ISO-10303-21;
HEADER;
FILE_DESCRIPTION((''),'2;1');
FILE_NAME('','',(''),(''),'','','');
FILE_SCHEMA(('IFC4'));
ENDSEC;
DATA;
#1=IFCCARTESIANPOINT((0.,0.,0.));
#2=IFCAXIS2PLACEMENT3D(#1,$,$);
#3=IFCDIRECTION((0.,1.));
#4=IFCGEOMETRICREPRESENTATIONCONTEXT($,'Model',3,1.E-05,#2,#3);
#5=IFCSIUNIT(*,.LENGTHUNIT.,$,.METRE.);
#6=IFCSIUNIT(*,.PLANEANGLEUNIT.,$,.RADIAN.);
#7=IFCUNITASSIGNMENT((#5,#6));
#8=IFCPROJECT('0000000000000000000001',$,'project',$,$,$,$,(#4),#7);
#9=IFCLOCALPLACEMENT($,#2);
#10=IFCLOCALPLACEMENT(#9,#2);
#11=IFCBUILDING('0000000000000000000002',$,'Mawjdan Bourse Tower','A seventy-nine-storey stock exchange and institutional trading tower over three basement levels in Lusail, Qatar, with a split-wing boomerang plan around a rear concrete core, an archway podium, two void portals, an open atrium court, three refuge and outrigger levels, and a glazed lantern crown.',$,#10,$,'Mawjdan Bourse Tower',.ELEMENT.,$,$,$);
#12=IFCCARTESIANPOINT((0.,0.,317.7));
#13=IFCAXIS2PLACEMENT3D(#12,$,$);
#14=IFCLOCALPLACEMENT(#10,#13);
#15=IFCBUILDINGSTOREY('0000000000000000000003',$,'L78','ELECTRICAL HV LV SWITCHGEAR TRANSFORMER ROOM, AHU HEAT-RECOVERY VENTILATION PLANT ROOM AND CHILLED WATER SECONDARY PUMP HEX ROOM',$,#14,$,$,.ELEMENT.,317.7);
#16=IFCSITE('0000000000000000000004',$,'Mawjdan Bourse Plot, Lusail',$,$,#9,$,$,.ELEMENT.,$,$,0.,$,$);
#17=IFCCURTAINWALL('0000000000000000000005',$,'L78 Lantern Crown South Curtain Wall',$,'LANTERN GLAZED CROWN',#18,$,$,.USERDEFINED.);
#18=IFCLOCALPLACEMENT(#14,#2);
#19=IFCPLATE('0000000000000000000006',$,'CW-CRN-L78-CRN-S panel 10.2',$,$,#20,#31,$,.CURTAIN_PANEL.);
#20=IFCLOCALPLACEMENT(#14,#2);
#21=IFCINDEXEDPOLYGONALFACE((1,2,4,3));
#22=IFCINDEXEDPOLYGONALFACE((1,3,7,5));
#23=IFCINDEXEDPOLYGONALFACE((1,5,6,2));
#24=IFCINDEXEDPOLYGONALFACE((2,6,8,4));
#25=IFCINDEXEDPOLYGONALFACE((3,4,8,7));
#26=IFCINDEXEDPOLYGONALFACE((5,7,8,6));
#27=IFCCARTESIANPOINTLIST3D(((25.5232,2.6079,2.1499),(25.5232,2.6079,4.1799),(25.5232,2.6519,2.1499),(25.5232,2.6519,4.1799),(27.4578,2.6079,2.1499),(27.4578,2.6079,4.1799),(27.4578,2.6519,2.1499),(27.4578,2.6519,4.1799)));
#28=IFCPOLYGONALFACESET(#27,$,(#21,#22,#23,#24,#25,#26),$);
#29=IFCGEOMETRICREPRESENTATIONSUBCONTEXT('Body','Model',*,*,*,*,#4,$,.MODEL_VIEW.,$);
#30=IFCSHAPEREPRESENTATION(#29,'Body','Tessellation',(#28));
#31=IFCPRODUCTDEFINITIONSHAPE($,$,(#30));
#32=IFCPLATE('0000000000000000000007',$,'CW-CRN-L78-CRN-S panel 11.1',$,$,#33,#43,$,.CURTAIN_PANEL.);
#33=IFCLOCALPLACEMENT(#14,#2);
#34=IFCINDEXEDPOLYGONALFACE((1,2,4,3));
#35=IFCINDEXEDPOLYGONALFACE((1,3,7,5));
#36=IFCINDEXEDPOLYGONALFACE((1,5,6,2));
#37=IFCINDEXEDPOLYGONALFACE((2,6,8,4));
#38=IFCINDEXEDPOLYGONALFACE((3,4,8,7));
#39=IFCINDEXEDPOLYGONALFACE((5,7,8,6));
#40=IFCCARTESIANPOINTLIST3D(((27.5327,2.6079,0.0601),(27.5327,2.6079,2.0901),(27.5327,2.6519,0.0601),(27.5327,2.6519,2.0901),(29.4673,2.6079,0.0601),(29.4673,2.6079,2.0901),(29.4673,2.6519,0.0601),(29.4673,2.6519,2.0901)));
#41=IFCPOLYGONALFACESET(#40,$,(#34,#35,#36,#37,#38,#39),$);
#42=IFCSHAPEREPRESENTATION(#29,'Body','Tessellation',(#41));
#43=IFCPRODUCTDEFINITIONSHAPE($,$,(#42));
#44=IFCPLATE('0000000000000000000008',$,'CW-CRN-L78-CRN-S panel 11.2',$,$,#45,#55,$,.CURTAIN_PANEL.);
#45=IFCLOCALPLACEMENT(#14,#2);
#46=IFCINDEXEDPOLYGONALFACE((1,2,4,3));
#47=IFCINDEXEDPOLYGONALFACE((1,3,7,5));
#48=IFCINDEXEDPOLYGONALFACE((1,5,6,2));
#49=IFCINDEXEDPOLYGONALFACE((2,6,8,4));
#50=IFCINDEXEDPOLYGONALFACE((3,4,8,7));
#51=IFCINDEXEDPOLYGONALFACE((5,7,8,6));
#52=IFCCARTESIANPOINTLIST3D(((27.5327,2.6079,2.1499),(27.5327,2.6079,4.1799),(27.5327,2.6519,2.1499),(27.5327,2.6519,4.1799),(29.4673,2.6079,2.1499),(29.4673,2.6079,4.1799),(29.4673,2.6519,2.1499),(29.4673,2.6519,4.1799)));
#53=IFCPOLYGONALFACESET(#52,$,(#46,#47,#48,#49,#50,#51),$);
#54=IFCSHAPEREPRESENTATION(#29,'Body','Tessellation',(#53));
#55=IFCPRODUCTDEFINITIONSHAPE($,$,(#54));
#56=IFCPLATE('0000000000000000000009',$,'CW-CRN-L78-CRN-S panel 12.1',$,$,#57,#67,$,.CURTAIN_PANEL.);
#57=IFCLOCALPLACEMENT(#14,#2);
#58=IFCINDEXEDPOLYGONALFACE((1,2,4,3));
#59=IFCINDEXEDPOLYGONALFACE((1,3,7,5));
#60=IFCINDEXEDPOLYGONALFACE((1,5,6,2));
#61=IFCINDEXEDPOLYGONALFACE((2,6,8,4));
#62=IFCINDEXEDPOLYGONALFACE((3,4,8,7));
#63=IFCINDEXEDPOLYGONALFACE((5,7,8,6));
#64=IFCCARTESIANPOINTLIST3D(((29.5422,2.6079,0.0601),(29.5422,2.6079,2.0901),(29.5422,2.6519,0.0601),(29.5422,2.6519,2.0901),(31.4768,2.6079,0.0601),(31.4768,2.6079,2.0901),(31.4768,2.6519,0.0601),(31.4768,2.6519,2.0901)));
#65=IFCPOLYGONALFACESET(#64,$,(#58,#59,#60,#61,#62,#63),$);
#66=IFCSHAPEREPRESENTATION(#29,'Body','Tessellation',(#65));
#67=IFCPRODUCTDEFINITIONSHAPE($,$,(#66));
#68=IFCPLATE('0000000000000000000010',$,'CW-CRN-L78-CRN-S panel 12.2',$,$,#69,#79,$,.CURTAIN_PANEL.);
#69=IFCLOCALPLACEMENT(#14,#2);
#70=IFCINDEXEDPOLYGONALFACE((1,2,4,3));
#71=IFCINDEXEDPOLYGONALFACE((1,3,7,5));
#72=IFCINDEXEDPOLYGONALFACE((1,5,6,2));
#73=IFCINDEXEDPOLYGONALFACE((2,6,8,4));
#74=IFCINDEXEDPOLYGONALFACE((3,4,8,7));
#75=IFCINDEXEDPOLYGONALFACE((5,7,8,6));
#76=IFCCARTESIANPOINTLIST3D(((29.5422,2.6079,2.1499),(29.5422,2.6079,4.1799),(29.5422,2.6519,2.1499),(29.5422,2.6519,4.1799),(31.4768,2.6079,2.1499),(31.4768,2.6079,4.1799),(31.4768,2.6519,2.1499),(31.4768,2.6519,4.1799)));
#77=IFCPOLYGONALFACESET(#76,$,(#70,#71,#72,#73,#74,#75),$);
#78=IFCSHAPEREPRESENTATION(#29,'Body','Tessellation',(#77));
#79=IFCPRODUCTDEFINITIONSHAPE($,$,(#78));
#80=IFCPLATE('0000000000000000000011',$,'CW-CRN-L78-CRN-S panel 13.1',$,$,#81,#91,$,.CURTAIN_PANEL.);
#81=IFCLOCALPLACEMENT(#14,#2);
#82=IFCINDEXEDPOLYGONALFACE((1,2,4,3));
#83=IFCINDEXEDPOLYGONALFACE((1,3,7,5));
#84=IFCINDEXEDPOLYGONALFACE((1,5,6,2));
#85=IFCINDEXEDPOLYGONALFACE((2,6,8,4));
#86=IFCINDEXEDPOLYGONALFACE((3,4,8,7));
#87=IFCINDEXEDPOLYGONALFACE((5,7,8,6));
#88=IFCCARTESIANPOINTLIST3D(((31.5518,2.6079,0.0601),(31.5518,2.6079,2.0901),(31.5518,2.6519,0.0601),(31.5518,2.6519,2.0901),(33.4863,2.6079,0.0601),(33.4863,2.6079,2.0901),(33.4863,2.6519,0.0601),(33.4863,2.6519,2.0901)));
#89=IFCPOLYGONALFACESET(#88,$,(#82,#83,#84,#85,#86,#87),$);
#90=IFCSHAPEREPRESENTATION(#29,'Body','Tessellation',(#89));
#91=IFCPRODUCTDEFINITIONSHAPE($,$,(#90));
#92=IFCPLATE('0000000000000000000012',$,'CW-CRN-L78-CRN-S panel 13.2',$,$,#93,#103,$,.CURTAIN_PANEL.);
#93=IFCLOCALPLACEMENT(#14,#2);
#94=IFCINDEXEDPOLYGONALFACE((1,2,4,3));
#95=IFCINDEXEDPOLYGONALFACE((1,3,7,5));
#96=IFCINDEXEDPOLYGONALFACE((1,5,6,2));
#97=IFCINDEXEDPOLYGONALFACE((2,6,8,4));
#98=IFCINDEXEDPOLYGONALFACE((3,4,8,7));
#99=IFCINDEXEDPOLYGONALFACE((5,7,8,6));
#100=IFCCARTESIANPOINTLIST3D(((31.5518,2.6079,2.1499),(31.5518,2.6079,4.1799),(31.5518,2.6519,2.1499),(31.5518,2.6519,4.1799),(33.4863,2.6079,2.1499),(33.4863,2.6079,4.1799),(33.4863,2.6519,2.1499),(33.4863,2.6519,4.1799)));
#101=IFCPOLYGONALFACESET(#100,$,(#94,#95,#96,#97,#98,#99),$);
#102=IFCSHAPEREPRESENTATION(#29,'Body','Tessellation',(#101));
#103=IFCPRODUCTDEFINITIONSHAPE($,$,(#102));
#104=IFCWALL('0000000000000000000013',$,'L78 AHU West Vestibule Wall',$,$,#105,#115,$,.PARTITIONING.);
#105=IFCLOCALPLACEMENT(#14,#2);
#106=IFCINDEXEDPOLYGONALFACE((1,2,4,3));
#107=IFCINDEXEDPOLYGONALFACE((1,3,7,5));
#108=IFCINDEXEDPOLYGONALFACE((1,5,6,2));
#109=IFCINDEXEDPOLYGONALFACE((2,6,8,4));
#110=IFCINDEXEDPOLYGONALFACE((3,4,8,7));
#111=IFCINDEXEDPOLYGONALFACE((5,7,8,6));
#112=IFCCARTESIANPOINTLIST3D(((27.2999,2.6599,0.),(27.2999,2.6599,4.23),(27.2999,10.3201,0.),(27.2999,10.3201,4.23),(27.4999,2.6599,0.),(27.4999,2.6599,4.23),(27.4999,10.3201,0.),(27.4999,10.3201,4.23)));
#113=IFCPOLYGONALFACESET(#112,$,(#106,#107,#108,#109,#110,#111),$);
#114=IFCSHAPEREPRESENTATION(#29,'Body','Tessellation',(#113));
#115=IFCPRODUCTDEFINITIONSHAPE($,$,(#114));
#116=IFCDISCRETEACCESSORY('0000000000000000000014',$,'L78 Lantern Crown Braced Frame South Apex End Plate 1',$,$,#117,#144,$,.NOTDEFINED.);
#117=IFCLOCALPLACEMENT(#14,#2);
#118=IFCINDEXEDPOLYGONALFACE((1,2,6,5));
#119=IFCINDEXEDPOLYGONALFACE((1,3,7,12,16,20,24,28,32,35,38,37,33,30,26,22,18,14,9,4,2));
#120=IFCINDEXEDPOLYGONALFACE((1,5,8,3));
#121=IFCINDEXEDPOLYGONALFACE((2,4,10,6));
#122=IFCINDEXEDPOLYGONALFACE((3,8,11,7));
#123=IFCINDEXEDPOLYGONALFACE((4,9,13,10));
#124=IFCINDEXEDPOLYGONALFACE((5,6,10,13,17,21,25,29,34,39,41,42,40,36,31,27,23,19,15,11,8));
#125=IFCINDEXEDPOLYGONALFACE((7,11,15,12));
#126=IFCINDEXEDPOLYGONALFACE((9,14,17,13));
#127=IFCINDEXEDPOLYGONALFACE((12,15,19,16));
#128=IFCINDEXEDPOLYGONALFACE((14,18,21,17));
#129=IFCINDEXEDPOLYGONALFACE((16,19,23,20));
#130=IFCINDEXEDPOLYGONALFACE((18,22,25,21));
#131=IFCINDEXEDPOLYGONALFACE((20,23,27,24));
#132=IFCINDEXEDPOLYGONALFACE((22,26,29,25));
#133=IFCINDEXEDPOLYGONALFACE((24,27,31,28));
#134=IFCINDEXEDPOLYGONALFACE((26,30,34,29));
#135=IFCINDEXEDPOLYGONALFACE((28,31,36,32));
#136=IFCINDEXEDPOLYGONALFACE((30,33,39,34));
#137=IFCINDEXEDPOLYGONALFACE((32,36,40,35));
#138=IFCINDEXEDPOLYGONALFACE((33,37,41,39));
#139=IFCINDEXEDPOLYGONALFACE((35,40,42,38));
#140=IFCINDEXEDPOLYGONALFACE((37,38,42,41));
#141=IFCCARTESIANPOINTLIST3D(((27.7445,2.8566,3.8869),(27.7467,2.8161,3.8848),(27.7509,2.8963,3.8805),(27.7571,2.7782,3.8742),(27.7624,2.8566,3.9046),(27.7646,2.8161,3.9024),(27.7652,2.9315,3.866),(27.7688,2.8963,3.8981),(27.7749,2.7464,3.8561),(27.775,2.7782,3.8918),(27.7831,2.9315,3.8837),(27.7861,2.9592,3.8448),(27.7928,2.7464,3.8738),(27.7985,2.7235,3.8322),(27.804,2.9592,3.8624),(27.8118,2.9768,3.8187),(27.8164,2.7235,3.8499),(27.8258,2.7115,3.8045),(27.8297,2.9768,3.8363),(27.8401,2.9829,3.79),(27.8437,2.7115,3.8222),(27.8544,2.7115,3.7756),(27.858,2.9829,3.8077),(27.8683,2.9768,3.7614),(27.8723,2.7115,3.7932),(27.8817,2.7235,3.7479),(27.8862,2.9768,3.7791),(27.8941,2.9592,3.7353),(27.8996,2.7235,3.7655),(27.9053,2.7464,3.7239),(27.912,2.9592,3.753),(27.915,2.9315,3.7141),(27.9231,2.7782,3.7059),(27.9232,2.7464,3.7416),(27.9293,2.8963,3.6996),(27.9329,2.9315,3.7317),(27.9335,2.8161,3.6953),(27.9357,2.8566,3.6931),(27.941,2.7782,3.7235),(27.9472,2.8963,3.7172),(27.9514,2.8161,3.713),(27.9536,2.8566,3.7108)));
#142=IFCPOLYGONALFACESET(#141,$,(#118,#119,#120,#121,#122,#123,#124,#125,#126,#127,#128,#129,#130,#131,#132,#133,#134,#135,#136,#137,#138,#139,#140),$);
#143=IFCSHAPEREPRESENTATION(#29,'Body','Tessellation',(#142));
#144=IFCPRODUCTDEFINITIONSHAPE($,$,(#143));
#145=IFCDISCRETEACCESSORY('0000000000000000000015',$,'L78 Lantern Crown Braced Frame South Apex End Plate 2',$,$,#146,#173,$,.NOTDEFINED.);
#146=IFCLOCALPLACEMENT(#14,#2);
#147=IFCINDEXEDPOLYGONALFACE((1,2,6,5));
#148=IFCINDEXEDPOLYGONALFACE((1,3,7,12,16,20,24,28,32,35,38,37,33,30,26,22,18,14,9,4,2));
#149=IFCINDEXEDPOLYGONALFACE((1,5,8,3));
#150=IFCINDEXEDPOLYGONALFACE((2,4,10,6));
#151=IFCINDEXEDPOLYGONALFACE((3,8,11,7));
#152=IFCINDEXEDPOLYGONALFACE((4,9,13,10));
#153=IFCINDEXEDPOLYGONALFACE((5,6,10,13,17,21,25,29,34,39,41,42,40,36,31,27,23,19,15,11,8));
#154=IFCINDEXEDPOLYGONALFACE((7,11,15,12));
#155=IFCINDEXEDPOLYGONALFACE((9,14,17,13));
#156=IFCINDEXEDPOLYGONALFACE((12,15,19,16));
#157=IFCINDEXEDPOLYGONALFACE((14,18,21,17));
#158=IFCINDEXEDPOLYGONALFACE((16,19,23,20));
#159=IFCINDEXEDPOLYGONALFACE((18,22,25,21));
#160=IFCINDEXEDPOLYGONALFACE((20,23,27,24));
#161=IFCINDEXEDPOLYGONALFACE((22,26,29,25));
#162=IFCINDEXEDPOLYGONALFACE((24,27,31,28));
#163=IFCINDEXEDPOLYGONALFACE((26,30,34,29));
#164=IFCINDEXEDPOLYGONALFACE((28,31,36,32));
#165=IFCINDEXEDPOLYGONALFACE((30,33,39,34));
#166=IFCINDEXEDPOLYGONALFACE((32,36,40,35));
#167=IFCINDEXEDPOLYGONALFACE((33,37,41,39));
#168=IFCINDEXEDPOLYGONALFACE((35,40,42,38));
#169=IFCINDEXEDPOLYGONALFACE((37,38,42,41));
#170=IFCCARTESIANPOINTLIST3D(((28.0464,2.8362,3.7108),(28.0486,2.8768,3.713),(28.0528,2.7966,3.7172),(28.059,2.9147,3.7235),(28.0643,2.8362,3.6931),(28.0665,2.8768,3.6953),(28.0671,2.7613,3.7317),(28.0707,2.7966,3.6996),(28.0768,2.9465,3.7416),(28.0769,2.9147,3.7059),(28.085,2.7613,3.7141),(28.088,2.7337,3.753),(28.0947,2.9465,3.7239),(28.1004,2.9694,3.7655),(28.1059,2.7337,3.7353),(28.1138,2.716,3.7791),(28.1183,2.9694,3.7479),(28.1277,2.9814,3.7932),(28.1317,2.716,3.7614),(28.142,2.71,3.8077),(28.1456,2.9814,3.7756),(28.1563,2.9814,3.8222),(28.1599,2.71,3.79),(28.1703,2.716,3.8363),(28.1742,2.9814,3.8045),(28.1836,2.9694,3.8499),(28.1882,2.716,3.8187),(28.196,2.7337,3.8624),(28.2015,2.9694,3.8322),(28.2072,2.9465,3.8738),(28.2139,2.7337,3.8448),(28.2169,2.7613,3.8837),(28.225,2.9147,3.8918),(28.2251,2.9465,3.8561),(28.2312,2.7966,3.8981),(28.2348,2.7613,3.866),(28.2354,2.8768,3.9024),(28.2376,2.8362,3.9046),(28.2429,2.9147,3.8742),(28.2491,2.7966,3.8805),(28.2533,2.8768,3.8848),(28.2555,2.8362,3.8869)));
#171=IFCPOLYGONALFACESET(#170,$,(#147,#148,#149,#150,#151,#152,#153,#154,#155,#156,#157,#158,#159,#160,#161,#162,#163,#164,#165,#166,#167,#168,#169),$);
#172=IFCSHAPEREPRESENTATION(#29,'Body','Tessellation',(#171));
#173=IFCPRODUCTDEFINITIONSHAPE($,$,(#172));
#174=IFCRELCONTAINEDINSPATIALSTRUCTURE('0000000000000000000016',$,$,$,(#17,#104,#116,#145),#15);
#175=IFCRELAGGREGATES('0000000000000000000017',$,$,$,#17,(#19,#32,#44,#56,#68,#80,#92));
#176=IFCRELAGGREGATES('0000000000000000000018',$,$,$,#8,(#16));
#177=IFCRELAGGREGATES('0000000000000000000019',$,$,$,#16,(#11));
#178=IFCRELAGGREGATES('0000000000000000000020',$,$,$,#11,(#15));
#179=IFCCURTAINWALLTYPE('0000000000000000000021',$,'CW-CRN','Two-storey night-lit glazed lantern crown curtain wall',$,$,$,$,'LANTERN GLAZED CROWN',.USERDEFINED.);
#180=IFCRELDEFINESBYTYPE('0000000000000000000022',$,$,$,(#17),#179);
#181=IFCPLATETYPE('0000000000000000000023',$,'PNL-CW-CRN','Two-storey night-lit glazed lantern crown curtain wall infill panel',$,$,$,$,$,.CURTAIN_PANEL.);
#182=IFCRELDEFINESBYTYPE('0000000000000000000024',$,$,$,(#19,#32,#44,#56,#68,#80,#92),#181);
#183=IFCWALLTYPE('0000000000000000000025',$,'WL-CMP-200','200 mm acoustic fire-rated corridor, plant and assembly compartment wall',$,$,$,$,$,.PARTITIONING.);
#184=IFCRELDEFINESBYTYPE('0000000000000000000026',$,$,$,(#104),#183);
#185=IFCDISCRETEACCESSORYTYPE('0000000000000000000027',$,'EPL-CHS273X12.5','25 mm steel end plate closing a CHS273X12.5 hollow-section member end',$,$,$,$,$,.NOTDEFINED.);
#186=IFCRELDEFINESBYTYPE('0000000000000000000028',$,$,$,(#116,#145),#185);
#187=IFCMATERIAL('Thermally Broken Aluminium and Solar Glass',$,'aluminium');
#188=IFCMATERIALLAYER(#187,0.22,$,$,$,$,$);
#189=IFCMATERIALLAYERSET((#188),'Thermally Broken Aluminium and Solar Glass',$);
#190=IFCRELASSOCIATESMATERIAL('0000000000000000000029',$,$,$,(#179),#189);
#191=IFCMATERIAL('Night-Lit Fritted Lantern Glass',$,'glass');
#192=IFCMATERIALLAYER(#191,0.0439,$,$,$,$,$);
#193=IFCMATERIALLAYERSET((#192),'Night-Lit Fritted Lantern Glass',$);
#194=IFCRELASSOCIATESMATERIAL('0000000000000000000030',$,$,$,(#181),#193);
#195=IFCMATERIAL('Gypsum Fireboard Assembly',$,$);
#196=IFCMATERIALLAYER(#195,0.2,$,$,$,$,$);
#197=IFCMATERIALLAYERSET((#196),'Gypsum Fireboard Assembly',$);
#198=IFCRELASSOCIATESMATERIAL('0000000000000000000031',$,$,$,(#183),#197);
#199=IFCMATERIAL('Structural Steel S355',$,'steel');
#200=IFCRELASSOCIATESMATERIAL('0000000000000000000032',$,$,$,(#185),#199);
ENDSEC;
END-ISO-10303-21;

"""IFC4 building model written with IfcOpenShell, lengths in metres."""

from ifc_helpers import new_model, si_unit, direction, frame, frame_2d, origin, origin_2d, place, context, subcontext, project, spatial, rectangle, circle, extrude, material, layer, layer_set, material_profile, profile_set, type_object, element, aggregate, save


model = new_model("IFC4")

# Units and contexts
model_context = context("Model", 3, precision=1e-05, world=origin(), true_north=direction((0.0, 1.0)))
body_context = subcontext(model_context, "Body", "Model", "MODEL_VIEW")
ifc_project = project(units=[si_unit("LENGTHUNIT", "METRE"), si_unit("PLANEANGLEUNIT", "RADIAN")], contexts=[model_context])

# Site, building, storey
site_placement = place(None, origin())
site = spatial("IfcSite", under=ifc_project, at=site_placement, Name="Mawjdan Bourse Plot, Lusail", CompositionType="ELEMENT", RefElevation=0.0)
building_placement = place(site_placement, origin())
building = spatial("IfcBuilding", under=site, at=building_placement, Name="Mawjdan Bourse Tower", Description="A seventy-nine-storey stock exchange and institutional trading tower over three basement levels in Lusail, Qatar, with a split-wing boomerang plan around a rear concrete core, an archway podium, two void portals, an open atrium court, three refuge and outrigger levels, and a glazed lantern crown.", LongName="Mawjdan Bourse Tower", CompositionType="ELEMENT")
storey_placement = place(building_placement, frame((0.0, 0.0, 317.7)))
storey = spatial("IfcBuildingStorey", under=building, at=storey_placement, Name="L78", Description="ELECTRICAL HV LV SWITCHGEAR TRANSFORMER ROOM, AHU HEAT-RECOVERY VENTILATION PLANT ROOM AND CHILLED WATER SECONDARY PUMP HEX ROOM", CompositionType="ELEMENT", Elevation=317.7)

# Shared definitions
ifc_material_1 = material(Name="Structural Steel S355", Category="steel")

# Curtain wall
ifc_material_2 = material(Name="Thermally Broken Aluminium and Solar Glass", Category="aluminium")
ifc_layer_1 = layer(ifc_material_2, 0.22)
ifc_layer_set_1 = layer_set([ifc_layer_1], Name="Thermally Broken Aluminium and Solar Glass")
curtain_wall_type = type_object("IfcCurtainWallType", Name="CW-CRN", Description="Two-storey night-lit glazed lantern crown curtain wall", ElementType="LANTERN GLAZED CROWN", PredefinedType="USERDEFINED", material=ifc_layer_set_1)
curtain_wall_placement = place(storey_placement, origin())
curtain_wall = element("IfcCurtainWall", 1, at=curtain_wall_placement, inside=storey, type_object=curtain_wall_type, Name="L78 Lantern Crown South Curtain Wall", ObjectType="LANTERN GLAZED CROWN", PredefinedType="USERDEFINED")

# Plates
ifc_material_3 = material(Name="Night-Lit Fritted Lantern Glass", Category="glass")
ifc_layer_2 = layer(ifc_material_3, 0.0439)
ifc_layer_set_2 = layer_set([ifc_layer_2], Name="Night-Lit Fritted Lantern Glass")
plate_type = type_object("IfcPlateType", Name="PNL-CW-CRN", Description="Two-storey night-lit glazed lantern crown curtain wall infill panel", PredefinedType="CURTAIN_PANEL", material=ifc_layer_set_2)
plate_1_placement = place(storey_placement, frame((26.4905, 2.6299, 2.1499), z_axis=(0.0, 0.0, 1.0), x_axis=(1.0, 0.0, 0.0)))
plate_1 = element("IfcPlate", 2, at=plate_1_placement, type_object=plate_type, Name="CW-CRN-L78-CRN-S panel 10.2", PredefinedType="CURTAIN_PANEL", context=body_context, shape_type="SweptSolid", body=[
    extrude(rectangle(XDim=1.9346, YDim=0.0439, at=origin_2d()), origin(), (0.0, 0.0, 1.0), 2.03),
])
plate_2_placement = place(storey_placement, frame((28.5, 2.6299, 0.0601), z_axis=(0.0, 0.0, 1.0), x_axis=(1.0, 0.0, 0.0)))
plate_2 = element("IfcPlate", 3, at=plate_2_placement, type_object=plate_type, Name="CW-CRN-L78-CRN-S panel 11.1", PredefinedType="CURTAIN_PANEL", context=body_context, shape_type="SweptSolid", body=[
    extrude(rectangle(XDim=1.9346, YDim=0.0439, at=origin_2d()), origin(), (0.0, 0.0, 1.0), 2.03),
])
plate_3_placement = place(storey_placement, frame((28.5, 2.6299, 2.1499), z_axis=(0.0, 0.0, 1.0), x_axis=(1.0, 0.0, 0.0)))
plate_3 = element("IfcPlate", 4, at=plate_3_placement, type_object=plate_type, Name="CW-CRN-L78-CRN-S panel 11.2", PredefinedType="CURTAIN_PANEL", context=body_context, shape_type="SweptSolid", body=[
    extrude(rectangle(XDim=1.9346, YDim=0.0439, at=origin_2d()), origin(), (0.0, 0.0, 1.0), 2.03),
])
plate_4_placement = place(storey_placement, frame((30.5095, 2.6299, 0.0601), z_axis=(0.0, 0.0, 1.0), x_axis=(1.0, 0.0, 0.0)))
plate_4 = element("IfcPlate", 5, at=plate_4_placement, type_object=plate_type, Name="CW-CRN-L78-CRN-S panel 12.1", PredefinedType="CURTAIN_PANEL", context=body_context, shape_type="SweptSolid", body=[
    extrude(rectangle(XDim=1.9346, YDim=0.0439, at=origin_2d()), origin(), (0.0, 0.0, 1.0), 2.03),
])
plate_5_placement = place(storey_placement, frame((30.5095, 2.6299, 2.1499), z_axis=(0.0, 0.0, 1.0), x_axis=(1.0, 0.0, 0.0)))
plate_5 = element("IfcPlate", 6, at=plate_5_placement, type_object=plate_type, Name="CW-CRN-L78-CRN-S panel 12.2", PredefinedType="CURTAIN_PANEL", context=body_context, shape_type="SweptSolid", body=[
    extrude(rectangle(XDim=1.9346, YDim=0.0439, at=origin_2d()), origin(), (0.0, 0.0, 1.0), 2.03),
])
plate_6_placement = place(storey_placement, frame((32.519, 2.6299, 0.0601), z_axis=(0.0, 0.0, 1.0), x_axis=(1.0, 0.0, 0.0)))
plate_6 = element("IfcPlate", 7, at=plate_6_placement, type_object=plate_type, Name="CW-CRN-L78-CRN-S panel 13.1", PredefinedType="CURTAIN_PANEL", context=body_context, shape_type="SweptSolid", body=[
    extrude(rectangle(XDim=1.9346, YDim=0.0439, at=origin_2d()), origin(), (0.0, 0.0, 1.0), 2.03),
])
plate_7_placement = place(storey_placement, frame((32.519, 2.6299, 2.1499), z_axis=(0.0, 0.0, 1.0), x_axis=(1.0, 0.0, 0.0)))
plate_7 = element("IfcPlate", 8, at=plate_7_placement, type_object=plate_type, Name="CW-CRN-L78-CRN-S panel 13.2", PredefinedType="CURTAIN_PANEL", context=body_context, shape_type="SweptSolid", body=[
    extrude(rectangle(XDim=1.9346, YDim=0.0439, at=origin_2d()), origin(), (0.0, 0.0, 1.0), 2.03),
])
aggregate(curtain_wall, [plate_1, plate_2, plate_3, plate_4, plate_5, plate_6, plate_7])

# Wall
ifc_material_4 = material(Name="Gypsum Fireboard Assembly")
ifc_layer_3 = layer(ifc_material_4, 0.2)
ifc_layer_set_3 = layer_set([ifc_layer_3], Name="Gypsum Fireboard Assembly")
wall_type = type_object("IfcWallType", Name="WL-CMP-200", Description="200 mm acoustic fire-rated corridor, plant and assembly compartment wall", PredefinedType="PARTITIONING", material=ifc_layer_set_3)
wall_placement = place(storey_placement, frame((27.3999, 2.6599, 0.0), z_axis=(0.0, 0.0, 1.0), x_axis=(0.0, 1.0, 0.0)))
element("IfcWall", 9, at=wall_placement, inside=storey, type_object=wall_type, Name="L78 AHU West Vestibule Wall", PredefinedType="PARTITIONING", context=body_context, shape_type="SweptSolid", body=[
    extrude(rectangle(XDim=7.6602, YDim=0.2, at=frame_2d((3.8301, 0.0))), origin(), (0.0, 0.0, 1.0), 4.23),
])

# Discrete accessories
ifc_material_profile_1 = material_profile(ifc_material_1, circle(Radius=0.1365, at=origin_2d()), Name="EPL-CHS273X12.5")
ifc_profile_set_1 = profile_set([ifc_material_profile_1], Name="Structural Steel S355")
discrete_accessory_type = type_object("IfcDiscreteAccessoryType", Name="EPL-CHS273X12.5", Description="25 mm steel end plate closing a CHS273X12.5 hollow-section member end", PredefinedType="NOTDEFINED", material=ifc_profile_set_1)
for number, where, z_axis, x_axis, name in (
    (10, (27.8401, 2.8464, 3.79), (0.711966, 0.0, 0.702213), (0.0, 1.0, 0.0), "L78 Lantern Crown Braced Frame South Apex End Plate 1"),
    (11, (28.1599, 2.8464, 3.79), (-0.711966, 0.0, 0.702213), (0.0, -1.0, 0.0), "L78 Lantern Crown Braced Frame South Apex End Plate 2"),
):
    element("IfcDiscreteAccessory", number, at=place(storey_placement, frame(where, z_axis=z_axis, x_axis=x_axis)), inside=storey, type_object=discrete_accessory_type, Name=name, PredefinedType="NOTDEFINED", context=body_context, shape_type="SweptSolid", body=[
        extrude(circle(Radius=0.1365, at=origin_2d()), origin(), (0.0, 0.0, 1.0), 0.0251),
    ])

save(model, "model.ifc")
